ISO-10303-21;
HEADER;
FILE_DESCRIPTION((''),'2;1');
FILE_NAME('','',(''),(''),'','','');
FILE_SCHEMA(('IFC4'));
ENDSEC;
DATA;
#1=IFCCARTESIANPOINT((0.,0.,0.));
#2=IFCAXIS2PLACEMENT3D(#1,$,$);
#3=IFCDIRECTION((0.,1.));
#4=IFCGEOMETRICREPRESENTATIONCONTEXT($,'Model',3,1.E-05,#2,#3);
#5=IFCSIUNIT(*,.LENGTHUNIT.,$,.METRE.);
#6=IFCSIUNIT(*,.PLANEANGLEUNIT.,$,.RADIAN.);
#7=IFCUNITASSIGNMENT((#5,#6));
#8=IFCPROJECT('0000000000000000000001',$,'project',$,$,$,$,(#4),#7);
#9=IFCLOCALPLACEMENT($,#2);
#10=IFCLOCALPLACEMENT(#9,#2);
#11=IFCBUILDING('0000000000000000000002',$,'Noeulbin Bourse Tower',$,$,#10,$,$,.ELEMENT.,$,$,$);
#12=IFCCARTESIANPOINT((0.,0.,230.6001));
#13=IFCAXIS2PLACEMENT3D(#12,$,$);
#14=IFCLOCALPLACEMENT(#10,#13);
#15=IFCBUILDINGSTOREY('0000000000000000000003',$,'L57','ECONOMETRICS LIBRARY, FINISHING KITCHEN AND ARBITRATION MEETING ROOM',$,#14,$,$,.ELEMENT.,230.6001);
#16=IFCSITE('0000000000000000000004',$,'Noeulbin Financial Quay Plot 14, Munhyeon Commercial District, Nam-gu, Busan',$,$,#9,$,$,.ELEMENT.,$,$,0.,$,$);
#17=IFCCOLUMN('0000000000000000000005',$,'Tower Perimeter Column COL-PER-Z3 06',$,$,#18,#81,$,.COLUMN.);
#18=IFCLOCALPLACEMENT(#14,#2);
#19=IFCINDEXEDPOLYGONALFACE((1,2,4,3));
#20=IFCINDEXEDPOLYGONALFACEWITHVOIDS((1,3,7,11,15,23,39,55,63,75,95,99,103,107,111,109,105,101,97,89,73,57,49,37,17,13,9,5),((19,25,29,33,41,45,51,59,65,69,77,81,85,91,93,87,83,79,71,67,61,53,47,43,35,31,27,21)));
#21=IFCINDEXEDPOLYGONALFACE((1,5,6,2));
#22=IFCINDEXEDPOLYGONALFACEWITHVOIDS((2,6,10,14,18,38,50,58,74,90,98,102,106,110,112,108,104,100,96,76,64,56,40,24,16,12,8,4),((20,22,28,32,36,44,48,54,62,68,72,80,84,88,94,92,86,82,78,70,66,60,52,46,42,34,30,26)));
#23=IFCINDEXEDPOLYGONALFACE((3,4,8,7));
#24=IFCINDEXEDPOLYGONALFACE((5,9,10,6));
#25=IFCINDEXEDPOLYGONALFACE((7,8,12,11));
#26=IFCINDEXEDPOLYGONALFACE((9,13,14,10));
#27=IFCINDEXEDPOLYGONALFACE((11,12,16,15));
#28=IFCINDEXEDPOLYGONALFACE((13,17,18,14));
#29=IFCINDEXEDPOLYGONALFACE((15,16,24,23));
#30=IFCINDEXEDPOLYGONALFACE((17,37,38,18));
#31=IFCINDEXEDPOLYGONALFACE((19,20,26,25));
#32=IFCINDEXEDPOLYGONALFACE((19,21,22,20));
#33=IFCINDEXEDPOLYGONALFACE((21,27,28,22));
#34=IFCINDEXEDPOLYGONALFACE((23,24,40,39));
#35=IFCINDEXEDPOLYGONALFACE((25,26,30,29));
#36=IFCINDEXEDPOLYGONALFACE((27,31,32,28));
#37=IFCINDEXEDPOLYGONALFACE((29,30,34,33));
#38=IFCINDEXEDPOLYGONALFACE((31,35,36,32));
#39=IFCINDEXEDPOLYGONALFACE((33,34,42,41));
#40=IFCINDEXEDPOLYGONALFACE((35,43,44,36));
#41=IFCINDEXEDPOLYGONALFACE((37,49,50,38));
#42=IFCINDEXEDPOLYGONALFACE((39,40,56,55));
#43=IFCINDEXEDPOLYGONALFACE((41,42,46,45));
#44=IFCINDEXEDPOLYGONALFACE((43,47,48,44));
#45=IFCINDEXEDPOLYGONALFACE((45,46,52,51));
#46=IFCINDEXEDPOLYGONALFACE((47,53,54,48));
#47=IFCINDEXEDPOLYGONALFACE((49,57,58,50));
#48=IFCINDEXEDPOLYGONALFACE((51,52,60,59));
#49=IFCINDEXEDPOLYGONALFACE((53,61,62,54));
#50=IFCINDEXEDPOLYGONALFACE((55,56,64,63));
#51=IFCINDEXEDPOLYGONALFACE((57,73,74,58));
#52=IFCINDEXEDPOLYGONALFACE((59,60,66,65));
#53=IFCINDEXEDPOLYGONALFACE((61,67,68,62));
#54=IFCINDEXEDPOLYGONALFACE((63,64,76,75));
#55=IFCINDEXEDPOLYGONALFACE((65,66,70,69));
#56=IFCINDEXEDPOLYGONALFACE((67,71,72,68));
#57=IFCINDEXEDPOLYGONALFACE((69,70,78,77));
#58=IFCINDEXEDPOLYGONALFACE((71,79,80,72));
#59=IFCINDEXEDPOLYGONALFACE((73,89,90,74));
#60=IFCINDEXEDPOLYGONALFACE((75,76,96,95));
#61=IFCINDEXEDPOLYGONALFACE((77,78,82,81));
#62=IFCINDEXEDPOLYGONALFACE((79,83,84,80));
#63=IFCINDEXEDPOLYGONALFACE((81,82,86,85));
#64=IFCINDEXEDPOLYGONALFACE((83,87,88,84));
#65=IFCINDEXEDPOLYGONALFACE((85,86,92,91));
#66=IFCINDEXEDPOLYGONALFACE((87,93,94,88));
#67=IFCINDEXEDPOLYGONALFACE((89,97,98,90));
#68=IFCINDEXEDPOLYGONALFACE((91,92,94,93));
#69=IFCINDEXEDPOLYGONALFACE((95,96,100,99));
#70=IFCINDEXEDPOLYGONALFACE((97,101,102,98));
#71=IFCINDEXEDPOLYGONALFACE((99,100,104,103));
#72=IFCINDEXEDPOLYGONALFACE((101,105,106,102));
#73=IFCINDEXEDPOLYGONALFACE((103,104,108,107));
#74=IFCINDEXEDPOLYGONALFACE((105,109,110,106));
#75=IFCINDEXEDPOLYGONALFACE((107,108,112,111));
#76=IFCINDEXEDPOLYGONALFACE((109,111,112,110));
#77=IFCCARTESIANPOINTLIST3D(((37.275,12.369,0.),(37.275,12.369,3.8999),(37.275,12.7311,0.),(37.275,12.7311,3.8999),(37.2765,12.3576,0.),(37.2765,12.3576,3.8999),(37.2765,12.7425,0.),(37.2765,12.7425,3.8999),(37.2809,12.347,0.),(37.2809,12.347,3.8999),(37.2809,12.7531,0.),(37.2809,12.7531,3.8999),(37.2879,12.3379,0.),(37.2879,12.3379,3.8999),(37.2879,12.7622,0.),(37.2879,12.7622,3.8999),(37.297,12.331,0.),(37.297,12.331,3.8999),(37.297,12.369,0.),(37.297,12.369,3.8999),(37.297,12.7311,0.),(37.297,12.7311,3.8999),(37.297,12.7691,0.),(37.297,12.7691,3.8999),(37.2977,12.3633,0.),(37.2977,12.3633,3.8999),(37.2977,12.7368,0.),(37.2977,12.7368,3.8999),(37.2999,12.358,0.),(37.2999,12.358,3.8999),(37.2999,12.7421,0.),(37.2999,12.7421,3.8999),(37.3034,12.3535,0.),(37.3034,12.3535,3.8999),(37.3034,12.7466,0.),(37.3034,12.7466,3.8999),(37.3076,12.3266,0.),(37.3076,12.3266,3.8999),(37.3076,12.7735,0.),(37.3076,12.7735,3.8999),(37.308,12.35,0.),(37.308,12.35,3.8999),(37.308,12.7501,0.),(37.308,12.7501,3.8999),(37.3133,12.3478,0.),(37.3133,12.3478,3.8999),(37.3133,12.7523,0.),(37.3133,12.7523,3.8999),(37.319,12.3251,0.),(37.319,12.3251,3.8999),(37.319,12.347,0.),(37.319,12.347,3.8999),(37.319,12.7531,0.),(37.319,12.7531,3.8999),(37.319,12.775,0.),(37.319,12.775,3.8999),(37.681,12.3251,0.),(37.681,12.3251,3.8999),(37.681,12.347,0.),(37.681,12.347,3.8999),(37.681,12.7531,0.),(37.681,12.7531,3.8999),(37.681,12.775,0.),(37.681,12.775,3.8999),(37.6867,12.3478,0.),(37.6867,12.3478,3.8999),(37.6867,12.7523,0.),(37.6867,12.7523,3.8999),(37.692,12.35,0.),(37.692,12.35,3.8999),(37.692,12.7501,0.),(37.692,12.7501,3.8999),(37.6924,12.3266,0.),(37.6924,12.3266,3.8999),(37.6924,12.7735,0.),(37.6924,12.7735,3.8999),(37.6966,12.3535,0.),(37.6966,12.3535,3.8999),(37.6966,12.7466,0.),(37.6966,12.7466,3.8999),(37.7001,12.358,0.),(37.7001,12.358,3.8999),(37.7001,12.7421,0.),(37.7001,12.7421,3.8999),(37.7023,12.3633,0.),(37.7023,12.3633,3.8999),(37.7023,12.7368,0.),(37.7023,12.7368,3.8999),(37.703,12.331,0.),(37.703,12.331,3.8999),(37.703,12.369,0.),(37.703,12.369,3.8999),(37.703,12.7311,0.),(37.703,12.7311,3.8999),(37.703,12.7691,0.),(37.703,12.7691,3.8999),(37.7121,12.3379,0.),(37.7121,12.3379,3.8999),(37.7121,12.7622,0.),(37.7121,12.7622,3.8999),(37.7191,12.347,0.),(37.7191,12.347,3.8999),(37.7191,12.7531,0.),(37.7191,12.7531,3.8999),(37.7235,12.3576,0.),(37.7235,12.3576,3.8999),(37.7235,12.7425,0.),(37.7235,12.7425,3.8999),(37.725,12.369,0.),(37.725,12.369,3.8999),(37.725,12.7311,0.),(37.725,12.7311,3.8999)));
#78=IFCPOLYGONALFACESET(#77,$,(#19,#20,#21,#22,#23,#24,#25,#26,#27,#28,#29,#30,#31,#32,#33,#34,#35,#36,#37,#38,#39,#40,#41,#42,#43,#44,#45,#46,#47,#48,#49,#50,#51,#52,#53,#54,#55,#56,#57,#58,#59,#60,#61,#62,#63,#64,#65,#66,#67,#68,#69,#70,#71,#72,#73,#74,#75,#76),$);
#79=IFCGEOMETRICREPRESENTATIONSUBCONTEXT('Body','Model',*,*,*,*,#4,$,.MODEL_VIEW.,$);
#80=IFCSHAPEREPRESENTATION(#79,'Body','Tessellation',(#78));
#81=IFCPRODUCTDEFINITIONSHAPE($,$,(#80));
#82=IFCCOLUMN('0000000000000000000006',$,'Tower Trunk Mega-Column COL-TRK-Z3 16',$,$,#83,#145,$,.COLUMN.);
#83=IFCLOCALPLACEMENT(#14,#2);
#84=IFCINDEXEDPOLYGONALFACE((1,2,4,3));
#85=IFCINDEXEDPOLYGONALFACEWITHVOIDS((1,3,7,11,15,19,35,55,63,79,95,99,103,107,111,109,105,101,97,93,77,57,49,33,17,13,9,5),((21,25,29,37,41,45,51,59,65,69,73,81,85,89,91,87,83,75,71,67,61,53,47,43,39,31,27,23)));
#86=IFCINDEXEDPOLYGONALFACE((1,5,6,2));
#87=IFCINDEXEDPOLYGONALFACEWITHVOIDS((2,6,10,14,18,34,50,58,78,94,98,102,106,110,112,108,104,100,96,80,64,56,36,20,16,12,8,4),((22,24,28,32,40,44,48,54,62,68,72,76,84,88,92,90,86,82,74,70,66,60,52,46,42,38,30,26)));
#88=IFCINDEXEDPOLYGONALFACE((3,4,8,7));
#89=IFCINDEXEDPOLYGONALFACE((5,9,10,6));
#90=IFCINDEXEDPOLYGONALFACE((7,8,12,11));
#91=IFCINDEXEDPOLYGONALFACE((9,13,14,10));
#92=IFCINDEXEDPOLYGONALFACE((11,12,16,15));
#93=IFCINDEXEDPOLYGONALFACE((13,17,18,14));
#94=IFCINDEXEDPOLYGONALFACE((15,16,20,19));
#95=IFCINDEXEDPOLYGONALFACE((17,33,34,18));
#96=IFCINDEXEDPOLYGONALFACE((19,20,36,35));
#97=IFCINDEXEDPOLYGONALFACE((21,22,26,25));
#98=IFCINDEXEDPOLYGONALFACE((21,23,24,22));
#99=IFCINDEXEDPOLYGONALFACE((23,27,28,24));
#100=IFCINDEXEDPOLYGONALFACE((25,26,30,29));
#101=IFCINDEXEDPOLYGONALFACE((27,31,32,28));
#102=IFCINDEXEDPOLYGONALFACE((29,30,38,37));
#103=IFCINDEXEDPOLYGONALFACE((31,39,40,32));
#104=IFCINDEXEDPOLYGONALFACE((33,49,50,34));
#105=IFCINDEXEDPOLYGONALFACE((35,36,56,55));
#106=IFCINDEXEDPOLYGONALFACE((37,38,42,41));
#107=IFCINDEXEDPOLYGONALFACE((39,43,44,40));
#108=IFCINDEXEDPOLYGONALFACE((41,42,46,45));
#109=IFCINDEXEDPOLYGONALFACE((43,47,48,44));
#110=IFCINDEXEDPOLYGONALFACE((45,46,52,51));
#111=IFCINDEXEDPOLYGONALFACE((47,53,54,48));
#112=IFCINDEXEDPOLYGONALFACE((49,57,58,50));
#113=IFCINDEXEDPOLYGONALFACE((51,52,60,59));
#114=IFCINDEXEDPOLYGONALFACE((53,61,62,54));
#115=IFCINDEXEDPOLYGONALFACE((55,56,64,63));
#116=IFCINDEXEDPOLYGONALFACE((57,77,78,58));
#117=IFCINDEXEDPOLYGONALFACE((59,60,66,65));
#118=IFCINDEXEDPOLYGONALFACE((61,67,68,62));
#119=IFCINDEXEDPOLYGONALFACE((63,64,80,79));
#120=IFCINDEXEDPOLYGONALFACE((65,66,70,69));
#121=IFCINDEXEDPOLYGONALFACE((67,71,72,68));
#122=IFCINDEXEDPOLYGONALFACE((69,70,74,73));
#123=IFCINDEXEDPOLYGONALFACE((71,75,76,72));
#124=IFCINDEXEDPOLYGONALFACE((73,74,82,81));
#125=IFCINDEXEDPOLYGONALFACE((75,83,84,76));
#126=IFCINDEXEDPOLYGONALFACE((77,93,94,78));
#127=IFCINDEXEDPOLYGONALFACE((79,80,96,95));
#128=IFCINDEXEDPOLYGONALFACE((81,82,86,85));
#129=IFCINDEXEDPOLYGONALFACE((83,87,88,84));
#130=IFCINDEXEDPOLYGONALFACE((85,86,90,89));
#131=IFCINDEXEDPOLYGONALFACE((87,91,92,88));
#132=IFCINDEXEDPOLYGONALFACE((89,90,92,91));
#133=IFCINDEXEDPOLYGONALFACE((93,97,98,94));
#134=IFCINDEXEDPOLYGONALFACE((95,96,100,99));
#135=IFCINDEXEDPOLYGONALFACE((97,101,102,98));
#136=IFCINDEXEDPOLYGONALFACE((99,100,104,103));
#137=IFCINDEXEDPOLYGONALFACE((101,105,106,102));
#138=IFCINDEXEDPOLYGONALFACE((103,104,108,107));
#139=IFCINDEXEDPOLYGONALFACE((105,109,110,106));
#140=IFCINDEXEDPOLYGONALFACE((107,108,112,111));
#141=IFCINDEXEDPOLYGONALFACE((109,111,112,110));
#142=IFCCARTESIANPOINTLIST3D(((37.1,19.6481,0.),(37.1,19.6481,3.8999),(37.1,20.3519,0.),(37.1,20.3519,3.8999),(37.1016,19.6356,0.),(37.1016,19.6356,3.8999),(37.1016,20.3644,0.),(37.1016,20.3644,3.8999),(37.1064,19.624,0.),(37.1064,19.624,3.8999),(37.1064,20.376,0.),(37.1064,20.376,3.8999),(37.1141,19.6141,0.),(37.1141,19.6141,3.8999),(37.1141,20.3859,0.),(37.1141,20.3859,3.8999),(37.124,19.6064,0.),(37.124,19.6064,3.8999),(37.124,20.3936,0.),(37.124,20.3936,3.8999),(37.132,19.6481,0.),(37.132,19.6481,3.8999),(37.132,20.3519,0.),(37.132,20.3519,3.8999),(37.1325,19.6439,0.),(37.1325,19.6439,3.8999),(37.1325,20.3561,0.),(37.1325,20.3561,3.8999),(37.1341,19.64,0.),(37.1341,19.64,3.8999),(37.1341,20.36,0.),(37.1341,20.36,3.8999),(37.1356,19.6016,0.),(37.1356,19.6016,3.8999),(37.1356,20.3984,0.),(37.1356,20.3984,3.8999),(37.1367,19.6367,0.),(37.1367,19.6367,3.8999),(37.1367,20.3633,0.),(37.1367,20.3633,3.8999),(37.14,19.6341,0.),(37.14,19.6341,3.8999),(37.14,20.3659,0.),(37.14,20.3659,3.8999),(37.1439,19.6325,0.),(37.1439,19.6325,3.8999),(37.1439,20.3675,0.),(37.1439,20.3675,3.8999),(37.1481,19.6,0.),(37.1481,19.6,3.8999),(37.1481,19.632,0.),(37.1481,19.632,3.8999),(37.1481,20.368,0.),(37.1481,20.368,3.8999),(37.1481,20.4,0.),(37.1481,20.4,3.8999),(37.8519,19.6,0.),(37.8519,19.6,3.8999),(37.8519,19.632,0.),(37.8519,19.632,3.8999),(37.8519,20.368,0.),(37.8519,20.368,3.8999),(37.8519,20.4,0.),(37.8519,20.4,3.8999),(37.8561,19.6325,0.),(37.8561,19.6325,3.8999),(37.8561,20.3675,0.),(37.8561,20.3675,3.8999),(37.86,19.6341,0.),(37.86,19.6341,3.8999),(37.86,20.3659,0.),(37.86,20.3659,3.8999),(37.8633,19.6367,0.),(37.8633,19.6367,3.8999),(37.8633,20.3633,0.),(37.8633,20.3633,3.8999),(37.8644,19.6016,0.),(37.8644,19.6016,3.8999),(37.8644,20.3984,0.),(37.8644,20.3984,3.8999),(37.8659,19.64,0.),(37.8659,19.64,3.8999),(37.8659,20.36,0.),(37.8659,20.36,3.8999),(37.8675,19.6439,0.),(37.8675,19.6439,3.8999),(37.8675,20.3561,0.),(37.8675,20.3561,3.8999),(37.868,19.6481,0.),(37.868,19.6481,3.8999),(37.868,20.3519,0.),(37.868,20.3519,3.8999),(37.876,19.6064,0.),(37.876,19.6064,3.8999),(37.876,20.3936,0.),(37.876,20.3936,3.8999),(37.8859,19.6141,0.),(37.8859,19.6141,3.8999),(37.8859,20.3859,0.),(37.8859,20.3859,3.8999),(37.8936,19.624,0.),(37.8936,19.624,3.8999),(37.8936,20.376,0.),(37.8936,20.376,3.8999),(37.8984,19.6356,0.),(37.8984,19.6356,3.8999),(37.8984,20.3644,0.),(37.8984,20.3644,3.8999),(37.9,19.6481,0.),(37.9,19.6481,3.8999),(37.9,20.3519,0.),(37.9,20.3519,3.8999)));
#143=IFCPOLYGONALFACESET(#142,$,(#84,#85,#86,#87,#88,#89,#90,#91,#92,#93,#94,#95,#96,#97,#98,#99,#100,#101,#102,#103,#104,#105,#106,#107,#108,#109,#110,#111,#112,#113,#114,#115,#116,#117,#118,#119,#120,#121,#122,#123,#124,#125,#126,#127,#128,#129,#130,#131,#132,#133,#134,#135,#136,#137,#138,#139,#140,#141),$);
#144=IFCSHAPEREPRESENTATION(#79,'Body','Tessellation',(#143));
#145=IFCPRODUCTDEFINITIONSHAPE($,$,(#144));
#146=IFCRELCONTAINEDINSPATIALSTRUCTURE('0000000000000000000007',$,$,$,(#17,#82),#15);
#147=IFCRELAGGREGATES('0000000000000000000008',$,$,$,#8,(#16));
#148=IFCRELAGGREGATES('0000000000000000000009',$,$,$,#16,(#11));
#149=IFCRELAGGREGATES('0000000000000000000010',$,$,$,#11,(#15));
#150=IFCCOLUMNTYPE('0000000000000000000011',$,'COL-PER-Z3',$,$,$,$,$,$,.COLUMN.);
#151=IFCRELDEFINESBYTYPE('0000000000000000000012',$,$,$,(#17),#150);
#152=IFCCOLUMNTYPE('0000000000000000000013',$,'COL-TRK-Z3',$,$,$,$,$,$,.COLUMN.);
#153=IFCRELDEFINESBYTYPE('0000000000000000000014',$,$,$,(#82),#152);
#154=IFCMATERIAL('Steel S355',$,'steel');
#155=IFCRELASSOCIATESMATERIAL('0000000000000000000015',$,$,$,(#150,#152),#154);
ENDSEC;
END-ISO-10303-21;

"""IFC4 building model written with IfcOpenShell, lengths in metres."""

from ifc_helpers import new_model, si_unit, direction, frame, origin, origin_2d, place, context, subcontext, project, spatial, hollow_rectangle, extrude, material, material_profile, profile_set, type_object, element, save


model = new_model("IFC4")

# Units and contexts
model_context = context("Model", 3, precision=1e-05, world=origin(), true_north=direction((0.0, 1.0)))
body_context = subcontext(model_context, "Body", "Model", "MODEL_VIEW")
ifc_project = project(units=[si_unit("LENGTHUNIT", "METRE"), si_unit("PLANEANGLEUNIT", "RADIAN")], contexts=[model_context])

# Site, building, storey
site_placement = place(None, origin())
site = spatial("IfcSite", under=ifc_project, at=site_placement, Name="Noeulbin Financial Quay Plot 14, Munhyeon Commercial District, Nam-gu, Busan", CompositionType="ELEMENT", RefElevation=0.0)
building_placement = place(site_placement, origin())
building = spatial("IfcBuilding", under=site, at=building_placement, Name="Noeulbin Bourse Tower", CompositionType="ELEMENT")
storey_placement = place(building_placement, frame((0.0, 0.0, 230.6001)))
storey = spatial("IfcBuildingStorey", under=building, at=storey_placement, Name="L57", Description="ECONOMETRICS LIBRARY, FINISHING KITCHEN AND ARBITRATION MEETING ROOM", CompositionType="ELEMENT", Elevation=230.6001)

# Columns
ifc_material_1 = material(Name="Steel S355", Category="steel")
ifc_material_profile_1 = material_profile(ifc_material_1, hollow_rectangle(XDim=0.45, YDim=0.45, WallThickness=0.022, InnerFilletRadius=0.022, OuterFilletRadius=0.0439, at=origin_2d()), Name="SHS-450x450x22", Category="LoadBearing")
ifc_profile_set_1 = profile_set([ifc_material_profile_1], Name="Steel S355")
column_type_1 = type_object("IfcColumnType", Name="COL-PER-Z3", PredefinedType="COLUMN", material=ifc_profile_set_1)
column_placement = place(storey_placement, frame((37.5, 12.55, 0.0), z_axis=(0.0, 0.0, 1.0), x_axis=(1.0, 0.0, 0.0)))
element("IfcColumn", 1, at=column_placement, inside=storey, type_object=column_type_1, Name="Tower Perimeter Column COL-PER-Z3 06", PredefinedType="COLUMN", context=body_context, shape_type="SweptSolid", body=[
    extrude(hollow_rectangle(XDim=0.45, YDim=0.45, WallThickness=0.022, InnerFilletRadius=0.022, OuterFilletRadius=0.0439, at=origin_2d()), origin(), (0.0, 0.0, 1.0), 3.8999),
])
ifc_material_profile_2 = material_profile(ifc_material_1, hollow_rectangle(XDim=0.8, YDim=0.8, WallThickness=0.032, InnerFilletRadius=0.0161, OuterFilletRadius=0.0481, at=origin_2d()), Name="BOX-800x800x32", Category="LoadBearing")
ifc_profile_set_2 = profile_set([ifc_material_profile_2], Name="Steel S355")
column_type_2 = type_object("IfcColumnType", Name="COL-TRK-Z3", PredefinedType="COLUMN", material=ifc_profile_set_2)
for number, where, z_axis, x_axis, name in (
    (2, (37.5, 20.0, 0.0), (0.0, 0.0, 1.0), (1.0, 0.0, 0.0), "Tower Trunk Mega-Column COL-TRK-Z3 16"),
):
    element("IfcColumn", number, at=place(storey_placement, frame(where, z_axis=z_axis, x_axis=x_axis)), inside=storey, type_object=column_type_2, Name=name, PredefinedType="COLUMN", context=body_context, shape_type="SweptSolid", body=[
        extrude(hollow_rectangle(XDim=0.8, YDim=0.8, WallThickness=0.032, InnerFilletRadius=0.0161, OuterFilletRadius=0.0481, at=origin_2d()), origin(), (0.0, 0.0, 1.0), 3.8999),
    ])

save(model, "model.ifc")
